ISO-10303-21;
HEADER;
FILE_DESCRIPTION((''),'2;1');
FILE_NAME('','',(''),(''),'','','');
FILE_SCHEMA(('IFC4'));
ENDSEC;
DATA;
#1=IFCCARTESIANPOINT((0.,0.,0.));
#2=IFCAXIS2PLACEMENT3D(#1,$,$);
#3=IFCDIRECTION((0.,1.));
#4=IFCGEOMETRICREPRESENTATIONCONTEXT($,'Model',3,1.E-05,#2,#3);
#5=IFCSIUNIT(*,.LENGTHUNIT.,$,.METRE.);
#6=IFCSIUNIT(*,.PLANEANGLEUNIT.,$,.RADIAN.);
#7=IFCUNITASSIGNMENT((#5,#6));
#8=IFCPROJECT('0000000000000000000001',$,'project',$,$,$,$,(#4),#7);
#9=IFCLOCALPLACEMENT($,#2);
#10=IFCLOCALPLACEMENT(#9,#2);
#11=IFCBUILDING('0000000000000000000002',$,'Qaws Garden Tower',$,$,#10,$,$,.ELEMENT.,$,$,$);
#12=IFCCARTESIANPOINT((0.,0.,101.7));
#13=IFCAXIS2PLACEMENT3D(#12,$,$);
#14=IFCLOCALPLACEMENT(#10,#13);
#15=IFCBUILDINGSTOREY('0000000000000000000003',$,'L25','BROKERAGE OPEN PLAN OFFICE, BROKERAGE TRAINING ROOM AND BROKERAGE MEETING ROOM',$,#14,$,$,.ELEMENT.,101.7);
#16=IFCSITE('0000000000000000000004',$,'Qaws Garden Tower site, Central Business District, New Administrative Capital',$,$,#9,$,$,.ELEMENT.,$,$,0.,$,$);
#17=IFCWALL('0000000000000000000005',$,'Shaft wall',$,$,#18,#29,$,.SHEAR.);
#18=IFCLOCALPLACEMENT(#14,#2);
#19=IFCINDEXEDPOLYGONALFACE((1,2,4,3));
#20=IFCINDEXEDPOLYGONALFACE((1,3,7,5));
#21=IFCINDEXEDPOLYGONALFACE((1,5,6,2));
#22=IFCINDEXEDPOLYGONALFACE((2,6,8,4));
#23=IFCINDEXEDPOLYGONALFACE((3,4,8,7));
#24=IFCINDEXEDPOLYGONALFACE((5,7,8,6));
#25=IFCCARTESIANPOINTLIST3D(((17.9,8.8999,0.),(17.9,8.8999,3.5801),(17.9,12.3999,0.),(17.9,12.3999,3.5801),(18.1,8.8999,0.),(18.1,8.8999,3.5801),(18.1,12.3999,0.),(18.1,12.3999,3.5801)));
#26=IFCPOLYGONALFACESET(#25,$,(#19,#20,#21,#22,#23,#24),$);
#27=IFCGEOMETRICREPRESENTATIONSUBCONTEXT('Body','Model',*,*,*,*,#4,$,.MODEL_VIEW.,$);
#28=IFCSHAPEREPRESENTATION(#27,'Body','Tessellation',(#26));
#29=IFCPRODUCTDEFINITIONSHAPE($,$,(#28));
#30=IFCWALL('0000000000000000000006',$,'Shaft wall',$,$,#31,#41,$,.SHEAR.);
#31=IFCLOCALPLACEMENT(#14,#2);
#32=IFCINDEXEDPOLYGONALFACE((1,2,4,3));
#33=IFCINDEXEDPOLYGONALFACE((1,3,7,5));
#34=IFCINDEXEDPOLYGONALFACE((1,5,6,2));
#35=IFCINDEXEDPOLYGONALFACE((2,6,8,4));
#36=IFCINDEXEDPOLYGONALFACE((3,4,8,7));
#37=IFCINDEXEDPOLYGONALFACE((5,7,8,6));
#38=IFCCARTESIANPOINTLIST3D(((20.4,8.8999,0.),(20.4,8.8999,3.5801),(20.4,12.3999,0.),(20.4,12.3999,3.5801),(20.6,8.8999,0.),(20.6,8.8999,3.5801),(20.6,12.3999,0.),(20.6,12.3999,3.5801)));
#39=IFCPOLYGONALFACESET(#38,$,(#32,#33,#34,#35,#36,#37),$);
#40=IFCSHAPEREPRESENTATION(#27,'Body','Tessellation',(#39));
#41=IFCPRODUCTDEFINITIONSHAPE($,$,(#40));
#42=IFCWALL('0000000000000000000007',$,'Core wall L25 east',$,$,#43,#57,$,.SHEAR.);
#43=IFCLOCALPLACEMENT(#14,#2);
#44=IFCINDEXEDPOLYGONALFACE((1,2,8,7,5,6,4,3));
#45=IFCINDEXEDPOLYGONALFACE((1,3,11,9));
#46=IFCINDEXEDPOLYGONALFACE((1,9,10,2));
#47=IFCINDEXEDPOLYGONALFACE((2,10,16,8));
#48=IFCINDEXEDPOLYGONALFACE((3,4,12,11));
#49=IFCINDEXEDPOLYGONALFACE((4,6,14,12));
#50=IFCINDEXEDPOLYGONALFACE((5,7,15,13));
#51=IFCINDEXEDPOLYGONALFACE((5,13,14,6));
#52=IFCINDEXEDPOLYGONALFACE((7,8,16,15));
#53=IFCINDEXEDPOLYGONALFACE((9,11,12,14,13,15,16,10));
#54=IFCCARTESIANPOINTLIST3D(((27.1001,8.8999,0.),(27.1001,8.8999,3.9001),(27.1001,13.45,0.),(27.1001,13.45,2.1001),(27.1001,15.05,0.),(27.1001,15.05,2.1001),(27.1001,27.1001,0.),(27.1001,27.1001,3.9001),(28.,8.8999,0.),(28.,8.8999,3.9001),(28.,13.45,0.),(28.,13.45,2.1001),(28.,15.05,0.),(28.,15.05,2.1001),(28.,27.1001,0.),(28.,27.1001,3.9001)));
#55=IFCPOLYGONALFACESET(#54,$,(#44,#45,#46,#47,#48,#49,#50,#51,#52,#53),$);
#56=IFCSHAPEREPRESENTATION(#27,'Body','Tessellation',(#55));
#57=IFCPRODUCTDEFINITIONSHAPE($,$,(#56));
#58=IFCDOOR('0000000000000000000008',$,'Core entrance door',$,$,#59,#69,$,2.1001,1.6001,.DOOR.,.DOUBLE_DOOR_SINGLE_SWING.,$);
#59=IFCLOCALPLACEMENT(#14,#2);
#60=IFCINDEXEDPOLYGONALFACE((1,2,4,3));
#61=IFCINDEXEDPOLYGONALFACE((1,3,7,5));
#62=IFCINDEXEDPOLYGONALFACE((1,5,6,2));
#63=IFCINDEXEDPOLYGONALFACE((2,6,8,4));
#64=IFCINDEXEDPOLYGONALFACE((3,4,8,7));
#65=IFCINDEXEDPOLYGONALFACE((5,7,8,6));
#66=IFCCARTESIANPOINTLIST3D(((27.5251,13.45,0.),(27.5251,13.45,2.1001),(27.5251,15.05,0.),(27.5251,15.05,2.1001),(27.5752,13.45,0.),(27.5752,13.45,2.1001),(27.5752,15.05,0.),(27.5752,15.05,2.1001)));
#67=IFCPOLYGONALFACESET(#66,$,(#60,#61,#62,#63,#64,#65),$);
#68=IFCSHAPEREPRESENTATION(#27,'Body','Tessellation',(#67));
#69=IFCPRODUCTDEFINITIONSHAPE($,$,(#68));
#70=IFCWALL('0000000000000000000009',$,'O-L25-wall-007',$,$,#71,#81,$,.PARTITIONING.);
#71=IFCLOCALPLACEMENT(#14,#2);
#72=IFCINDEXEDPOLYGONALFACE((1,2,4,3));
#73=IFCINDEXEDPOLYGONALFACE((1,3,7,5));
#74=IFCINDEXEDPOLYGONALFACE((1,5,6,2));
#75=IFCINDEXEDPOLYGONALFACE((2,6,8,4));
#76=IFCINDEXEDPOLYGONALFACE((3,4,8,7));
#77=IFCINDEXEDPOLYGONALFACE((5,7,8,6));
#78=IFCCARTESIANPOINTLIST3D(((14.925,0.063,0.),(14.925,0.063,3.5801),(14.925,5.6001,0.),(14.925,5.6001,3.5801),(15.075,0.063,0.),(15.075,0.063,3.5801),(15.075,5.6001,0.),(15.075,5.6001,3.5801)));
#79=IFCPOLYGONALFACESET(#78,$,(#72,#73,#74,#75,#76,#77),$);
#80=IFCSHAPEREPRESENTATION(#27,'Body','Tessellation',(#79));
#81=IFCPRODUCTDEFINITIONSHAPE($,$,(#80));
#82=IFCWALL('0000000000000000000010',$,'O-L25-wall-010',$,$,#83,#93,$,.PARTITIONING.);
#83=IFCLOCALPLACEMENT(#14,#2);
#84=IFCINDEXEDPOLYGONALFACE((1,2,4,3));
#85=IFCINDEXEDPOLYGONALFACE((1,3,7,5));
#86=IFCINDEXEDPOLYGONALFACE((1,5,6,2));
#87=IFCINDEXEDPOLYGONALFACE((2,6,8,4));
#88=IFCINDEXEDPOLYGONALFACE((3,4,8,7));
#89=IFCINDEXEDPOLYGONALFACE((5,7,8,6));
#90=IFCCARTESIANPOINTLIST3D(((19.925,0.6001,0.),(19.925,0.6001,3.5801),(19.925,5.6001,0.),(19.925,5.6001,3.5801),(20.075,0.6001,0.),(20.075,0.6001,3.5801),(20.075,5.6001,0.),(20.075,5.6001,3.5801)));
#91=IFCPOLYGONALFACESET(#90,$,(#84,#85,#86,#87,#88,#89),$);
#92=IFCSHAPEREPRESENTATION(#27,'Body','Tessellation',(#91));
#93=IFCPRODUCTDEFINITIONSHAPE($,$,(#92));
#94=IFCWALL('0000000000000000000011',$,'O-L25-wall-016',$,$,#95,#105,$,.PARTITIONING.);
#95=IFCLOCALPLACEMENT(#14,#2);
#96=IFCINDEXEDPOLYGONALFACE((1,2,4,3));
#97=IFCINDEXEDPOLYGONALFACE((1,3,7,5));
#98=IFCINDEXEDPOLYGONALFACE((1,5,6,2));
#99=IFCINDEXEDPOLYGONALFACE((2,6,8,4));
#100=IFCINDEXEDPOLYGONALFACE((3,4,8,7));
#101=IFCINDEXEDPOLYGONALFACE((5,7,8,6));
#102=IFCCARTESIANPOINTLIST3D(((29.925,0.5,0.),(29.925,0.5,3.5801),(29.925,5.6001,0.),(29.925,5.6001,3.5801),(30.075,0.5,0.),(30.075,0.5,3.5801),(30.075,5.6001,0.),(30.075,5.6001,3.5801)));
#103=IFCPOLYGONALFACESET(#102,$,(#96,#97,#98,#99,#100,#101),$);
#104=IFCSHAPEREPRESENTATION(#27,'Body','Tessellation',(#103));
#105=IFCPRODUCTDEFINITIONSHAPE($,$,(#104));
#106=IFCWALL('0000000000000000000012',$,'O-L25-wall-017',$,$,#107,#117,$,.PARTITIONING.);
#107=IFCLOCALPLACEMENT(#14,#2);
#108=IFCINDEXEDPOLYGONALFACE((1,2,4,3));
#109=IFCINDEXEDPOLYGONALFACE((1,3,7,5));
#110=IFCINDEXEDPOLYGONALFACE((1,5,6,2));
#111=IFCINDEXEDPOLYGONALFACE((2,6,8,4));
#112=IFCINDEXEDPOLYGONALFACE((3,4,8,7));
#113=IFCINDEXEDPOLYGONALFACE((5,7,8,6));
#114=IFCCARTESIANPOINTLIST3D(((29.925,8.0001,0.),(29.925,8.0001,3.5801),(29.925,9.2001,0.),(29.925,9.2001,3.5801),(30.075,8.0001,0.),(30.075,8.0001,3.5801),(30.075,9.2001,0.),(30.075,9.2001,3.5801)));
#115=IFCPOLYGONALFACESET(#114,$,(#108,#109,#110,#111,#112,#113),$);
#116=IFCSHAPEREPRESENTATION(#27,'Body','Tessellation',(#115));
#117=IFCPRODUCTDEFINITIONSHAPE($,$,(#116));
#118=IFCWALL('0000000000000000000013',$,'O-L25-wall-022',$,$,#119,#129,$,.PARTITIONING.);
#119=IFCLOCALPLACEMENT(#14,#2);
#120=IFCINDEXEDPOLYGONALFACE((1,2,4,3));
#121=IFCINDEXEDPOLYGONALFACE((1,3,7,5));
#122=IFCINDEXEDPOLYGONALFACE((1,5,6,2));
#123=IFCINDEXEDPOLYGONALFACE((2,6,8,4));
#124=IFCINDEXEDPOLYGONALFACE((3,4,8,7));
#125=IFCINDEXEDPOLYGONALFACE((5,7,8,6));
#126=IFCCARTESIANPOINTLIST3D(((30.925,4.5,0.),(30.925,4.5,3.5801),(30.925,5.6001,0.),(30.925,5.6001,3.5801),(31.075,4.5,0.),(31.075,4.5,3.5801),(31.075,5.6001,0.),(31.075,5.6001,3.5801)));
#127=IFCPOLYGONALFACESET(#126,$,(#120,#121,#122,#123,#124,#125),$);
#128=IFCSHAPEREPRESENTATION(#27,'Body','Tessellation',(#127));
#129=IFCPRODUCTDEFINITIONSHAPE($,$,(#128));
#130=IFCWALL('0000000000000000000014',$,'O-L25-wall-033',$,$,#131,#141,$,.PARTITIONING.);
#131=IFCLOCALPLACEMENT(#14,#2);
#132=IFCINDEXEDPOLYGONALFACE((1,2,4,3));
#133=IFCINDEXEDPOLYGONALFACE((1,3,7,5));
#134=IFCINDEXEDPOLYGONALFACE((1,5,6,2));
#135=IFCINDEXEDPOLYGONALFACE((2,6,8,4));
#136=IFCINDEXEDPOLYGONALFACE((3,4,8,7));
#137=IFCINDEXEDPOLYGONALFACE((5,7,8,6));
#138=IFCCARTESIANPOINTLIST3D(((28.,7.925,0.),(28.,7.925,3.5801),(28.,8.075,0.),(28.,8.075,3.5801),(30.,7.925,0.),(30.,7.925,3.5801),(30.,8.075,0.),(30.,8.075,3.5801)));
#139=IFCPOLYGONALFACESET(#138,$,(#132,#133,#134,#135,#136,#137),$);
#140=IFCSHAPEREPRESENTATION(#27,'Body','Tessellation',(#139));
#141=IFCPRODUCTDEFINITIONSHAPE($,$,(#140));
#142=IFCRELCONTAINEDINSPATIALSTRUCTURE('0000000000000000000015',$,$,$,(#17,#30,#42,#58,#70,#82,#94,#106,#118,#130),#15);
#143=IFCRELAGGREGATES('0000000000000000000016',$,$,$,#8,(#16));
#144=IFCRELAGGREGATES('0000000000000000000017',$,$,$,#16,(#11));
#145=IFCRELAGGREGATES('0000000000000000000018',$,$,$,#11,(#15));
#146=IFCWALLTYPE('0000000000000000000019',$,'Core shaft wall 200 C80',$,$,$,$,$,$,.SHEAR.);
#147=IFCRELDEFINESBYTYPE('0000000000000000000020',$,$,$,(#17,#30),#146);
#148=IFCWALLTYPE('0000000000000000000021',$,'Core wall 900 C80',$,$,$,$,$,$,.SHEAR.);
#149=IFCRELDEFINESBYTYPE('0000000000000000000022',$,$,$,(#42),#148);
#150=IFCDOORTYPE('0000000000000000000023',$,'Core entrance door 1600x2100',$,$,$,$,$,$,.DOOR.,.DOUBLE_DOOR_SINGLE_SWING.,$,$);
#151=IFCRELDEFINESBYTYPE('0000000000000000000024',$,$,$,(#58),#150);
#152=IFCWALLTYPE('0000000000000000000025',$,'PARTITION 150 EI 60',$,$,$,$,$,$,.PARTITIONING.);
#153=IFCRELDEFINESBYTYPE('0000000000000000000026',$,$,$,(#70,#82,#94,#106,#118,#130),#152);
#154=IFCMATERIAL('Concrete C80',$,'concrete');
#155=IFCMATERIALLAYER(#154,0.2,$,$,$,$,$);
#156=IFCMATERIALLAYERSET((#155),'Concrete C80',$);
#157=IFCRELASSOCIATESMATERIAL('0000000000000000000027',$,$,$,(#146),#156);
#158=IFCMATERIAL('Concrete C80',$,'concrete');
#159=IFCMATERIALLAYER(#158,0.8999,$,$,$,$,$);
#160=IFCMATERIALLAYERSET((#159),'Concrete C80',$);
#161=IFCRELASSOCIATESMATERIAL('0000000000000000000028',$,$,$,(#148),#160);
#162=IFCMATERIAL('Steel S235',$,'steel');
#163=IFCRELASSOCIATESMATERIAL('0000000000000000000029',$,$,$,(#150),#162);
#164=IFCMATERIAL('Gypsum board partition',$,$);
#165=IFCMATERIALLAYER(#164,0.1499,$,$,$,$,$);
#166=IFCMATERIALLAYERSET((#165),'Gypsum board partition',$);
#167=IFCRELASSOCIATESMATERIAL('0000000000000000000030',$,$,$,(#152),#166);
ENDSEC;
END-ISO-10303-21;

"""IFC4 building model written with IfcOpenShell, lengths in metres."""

from ifc_helpers import new_model, si_unit, direction, frame, frame_2d, origin, place, context, subcontext, project, spatial, rectangle, extrude, material, layer, layer_set, type_object, element, fill, save


model = new_model("IFC4")

# Units and contexts
model_context = context("Model", 3, precision=1e-05, world=origin(), true_north=direction((0.0, 1.0)))
body_context = subcontext(model_context, "Body", "Model", "MODEL_VIEW")
ifc_project = project(units=[si_unit("LENGTHUNIT", "METRE"), si_unit("PLANEANGLEUNIT", "RADIAN")], contexts=[model_context])

# Site, building, storey
site_placement = place(None, origin())
site = spatial("IfcSite", under=ifc_project, at=site_placement, Name="Qaws Garden Tower site, Central Business District, New Administrative Capital", CompositionType="ELEMENT", RefElevation=0.0)
building_placement = place(site_placement, origin())
building = spatial("IfcBuilding", under=site, at=building_placement, Name="Qaws Garden Tower", CompositionType="ELEMENT")
storey_placement = place(building_placement, frame((0.0, 0.0, 101.7)))
storey = spatial("IfcBuildingStorey", under=building, at=storey_placement, Name="L25", Description="BROKERAGE OPEN PLAN OFFICE, BROKERAGE TRAINING ROOM AND BROKERAGE MEETING ROOM", CompositionType="ELEMENT", Elevation=101.7)

# Walls
ifc_material_1 = material(Name="Concrete C80", Category="concrete")
ifc_layer_1 = layer(ifc_material_1, 0.2)
ifc_layer_set_1 = layer_set([ifc_layer_1], Name="Concrete C80")
wall_type_1 = type_object("IfcWallType", Name="Core shaft wall 200 C80", PredefinedType="SHEAR", material=ifc_layer_set_1)
for number, where, z_axis, x_axis, name in (
    (1, (18.0, 8.8999, 0.0), (0.0, 0.0, 1.0), (0.0, 1.0, 0.0), "Shaft wall"),
    (2, (20.5, 8.8999, 0.0), (0.0, 0.0, 1.0), (0.0, 1.0, 0.0), "Shaft wall"),
):
    element("IfcWall", number, at=place(storey_placement, frame(where, z_axis=z_axis, x_axis=x_axis)), inside=storey, type_object=wall_type_1, Name=name, PredefinedType="SHEAR", context=body_context, shape_type="SweptSolid", body=[
        extrude(rectangle(XDim=3.5, YDim=0.2, at=frame_2d((1.75, 0.0))), origin(), (0.0, 0.0, 1.0), 3.5801),
    ])

# Wall, opening, door
ifc_material_2 = material(Name="Concrete C80", Category="concrete")
ifc_layer_2 = layer(ifc_material_2, 0.8999)
ifc_layer_set_2 = layer_set([ifc_layer_2], Name="Concrete C80")
wall_type_2 = type_object("IfcWallType", Name="Core wall 900 C80", PredefinedType="SHEAR", material=ifc_layer_set_2)
wall_1_placement = place(storey_placement, frame((27.55, 8.8999, 0.0), z_axis=(0.0, 0.0, 1.0), x_axis=(0.0, 1.0, 0.0)))
wall_1 = element("IfcWall", 3, at=wall_1_placement, inside=storey, type_object=wall_type_2, Name="Core wall L25 east", PredefinedType="SHEAR", context=body_context, shape_type="SweptSolid", body=[
    extrude(rectangle(XDim=18.2002, YDim=0.8999, at=frame_2d((9.1001, 0.0))), origin(), (0.0, 0.0, 1.0), 3.9001),
])
opening_1_placement = place(wall_1_placement, frame((4.55, 0.0, 0.0)))
opening_1 = element("IfcOpeningElement", 4, at=opening_1_placement, cuts=wall_1, PredefinedType="OPENING", context=body_context, shape_type="SweptSolid", body=[
    extrude(rectangle(XDim=1.6001, YDim=2.1001, at=frame_2d((0.8, 1.05))), frame((0.0, 0.46, 0.0), z_axis=(0.0, -1.0, 0.0), x_axis=(1.0, 0.0, 0.0)), (0.0, 0.0, 1.0), 0.9199),
])
ifc_material_3 = material(Name="Steel S235", Category="steel")
door_type = type_object("IfcDoorType", Name="Core entrance door 1600x2100", OperationType="DOUBLE_DOOR_SINGLE_SWING", PredefinedType="DOOR", material=ifc_material_3)
door_placement = place(opening_1_placement, origin())
door = element("IfcDoor", 5, at=door_placement, inside=storey, type_object=door_type, Name="Core entrance door", OperationType="DOUBLE_DOOR_SINGLE_SWING", OverallHeight=2.1001, OverallWidth=1.6001, PredefinedType="DOOR", context=body_context, shape_type="SweptSolid", body=[
    extrude(rectangle(XDim=1.6001, YDim=2.1001, at=frame_2d((0.8, 1.05))), frame((0.0, 0.0249, 0.0), z_axis=(0.0, -1.0, 0.0), x_axis=(1.0, 0.0, 0.0)), (0.0, 0.0, 1.0), 0.05),
])
fill(opening_1, door)

# Walls
ifc_material_4 = material(Name="Gypsum board partition")
ifc_layer_3 = layer(ifc_material_4, 0.1499)
ifc_layer_set_3 = layer_set([ifc_layer_3], Name="Gypsum board partition")
wall_type_3 = type_object("IfcWallType", Name="PARTITION 150 EI 60", PredefinedType="PARTITIONING", material=ifc_layer_set_3)
wall_2_placement = place(storey_placement, frame((15.0, 0.063, 0.0), z_axis=(0.0, 0.0, 1.0), x_axis=(0.0, 1.0, 0.0)))
element("IfcWall", 6, at=wall_2_placement, inside=storey, type_object=wall_type_3, Name="O-L25-wall-007", PredefinedType="PARTITIONING", context=body_context, shape_type="SweptSolid", body=[
    extrude(rectangle(XDim=5.5371, YDim=0.1499, at=frame_2d((2.7686, 0.0))), origin(), (0.0, 0.0, 1.0), 3.5801),
])
wall_3_placement = place(storey_placement, frame((20.0, 0.6001, 0.0), z_axis=(0.0, 0.0, 1.0), x_axis=(0.0, 1.0, 0.0)))
element("IfcWall", 7, at=wall_3_placement, inside=storey, type_object=wall_type_3, Name="O-L25-wall-010", PredefinedType="PARTITIONING", context=body_context, shape_type="SweptSolid", body=[
    extrude(rectangle(XDim=5.0, YDim=0.1499, at=frame_2d((2.5, 0.0))), origin(), (0.0, 0.0, 1.0), 3.5801),
])
wall_4_placement = place(storey_placement, frame((30.0, 0.5, 0.0), z_axis=(0.0, 0.0, 1.0), x_axis=(0.0, 1.0, 0.0)))
element("IfcWall", 8, at=wall_4_placement, inside=storey, type_object=wall_type_3, Name="O-L25-wall-016", PredefinedType="PARTITIONING", context=body_context, shape_type="SweptSolid", body=[
    extrude(rectangle(XDim=5.1001, YDim=0.1499, at=frame_2d((2.55, 0.0))), origin(), (0.0, 0.0, 1.0), 3.5801),
])
wall_5_placement = place(storey_placement, frame((30.0, 8.0, 0.0), z_axis=(0.0, 0.0, 1.0), x_axis=(0.0, 1.0, 0.0)))
element("IfcWall", 9, at=wall_5_placement, inside=storey, type_object=wall_type_3, Name="O-L25-wall-017", PredefinedType="PARTITIONING", context=body_context, shape_type="SweptSolid", body=[
    extrude(rectangle(XDim=1.2, YDim=0.1499, at=frame_2d((0.6001, 0.0))), origin(), (0.0, 0.0, 1.0), 3.5801),
])
wall_6_placement = place(storey_placement, frame((31.0, 4.5, 0.0), z_axis=(0.0, 0.0, 1.0), x_axis=(0.0, 1.0, 0.0)))
element("IfcWall", 10, at=wall_6_placement, inside=storey, type_object=wall_type_3, Name="O-L25-wall-022", PredefinedType="PARTITIONING", context=body_context, shape_type="SweptSolid", body=[
    extrude(rectangle(XDim=1.1001, YDim=0.1499, at=frame_2d((0.55, 0.0))), origin(), (0.0, 0.0, 1.0), 3.5801),
])
wall_7_placement = place(storey_placement, frame((28.0, 8.0, 0.0), z_axis=(0.0, 0.0, 1.0), x_axis=(1.0, 0.0, 0.0)))
element("IfcWall", 11, at=wall_7_placement, inside=storey, type_object=wall_type_3, Name="O-L25-wall-033", PredefinedType="PARTITIONING", context=body_context, shape_type="SweptSolid", body=[
    extrude(rectangle(XDim=2.0, YDim=0.1499, at=frame_2d((1.0, 0.0))), origin(), (0.0, 0.0, 1.0), 3.5801),
])

save(model, "model.ifc")
